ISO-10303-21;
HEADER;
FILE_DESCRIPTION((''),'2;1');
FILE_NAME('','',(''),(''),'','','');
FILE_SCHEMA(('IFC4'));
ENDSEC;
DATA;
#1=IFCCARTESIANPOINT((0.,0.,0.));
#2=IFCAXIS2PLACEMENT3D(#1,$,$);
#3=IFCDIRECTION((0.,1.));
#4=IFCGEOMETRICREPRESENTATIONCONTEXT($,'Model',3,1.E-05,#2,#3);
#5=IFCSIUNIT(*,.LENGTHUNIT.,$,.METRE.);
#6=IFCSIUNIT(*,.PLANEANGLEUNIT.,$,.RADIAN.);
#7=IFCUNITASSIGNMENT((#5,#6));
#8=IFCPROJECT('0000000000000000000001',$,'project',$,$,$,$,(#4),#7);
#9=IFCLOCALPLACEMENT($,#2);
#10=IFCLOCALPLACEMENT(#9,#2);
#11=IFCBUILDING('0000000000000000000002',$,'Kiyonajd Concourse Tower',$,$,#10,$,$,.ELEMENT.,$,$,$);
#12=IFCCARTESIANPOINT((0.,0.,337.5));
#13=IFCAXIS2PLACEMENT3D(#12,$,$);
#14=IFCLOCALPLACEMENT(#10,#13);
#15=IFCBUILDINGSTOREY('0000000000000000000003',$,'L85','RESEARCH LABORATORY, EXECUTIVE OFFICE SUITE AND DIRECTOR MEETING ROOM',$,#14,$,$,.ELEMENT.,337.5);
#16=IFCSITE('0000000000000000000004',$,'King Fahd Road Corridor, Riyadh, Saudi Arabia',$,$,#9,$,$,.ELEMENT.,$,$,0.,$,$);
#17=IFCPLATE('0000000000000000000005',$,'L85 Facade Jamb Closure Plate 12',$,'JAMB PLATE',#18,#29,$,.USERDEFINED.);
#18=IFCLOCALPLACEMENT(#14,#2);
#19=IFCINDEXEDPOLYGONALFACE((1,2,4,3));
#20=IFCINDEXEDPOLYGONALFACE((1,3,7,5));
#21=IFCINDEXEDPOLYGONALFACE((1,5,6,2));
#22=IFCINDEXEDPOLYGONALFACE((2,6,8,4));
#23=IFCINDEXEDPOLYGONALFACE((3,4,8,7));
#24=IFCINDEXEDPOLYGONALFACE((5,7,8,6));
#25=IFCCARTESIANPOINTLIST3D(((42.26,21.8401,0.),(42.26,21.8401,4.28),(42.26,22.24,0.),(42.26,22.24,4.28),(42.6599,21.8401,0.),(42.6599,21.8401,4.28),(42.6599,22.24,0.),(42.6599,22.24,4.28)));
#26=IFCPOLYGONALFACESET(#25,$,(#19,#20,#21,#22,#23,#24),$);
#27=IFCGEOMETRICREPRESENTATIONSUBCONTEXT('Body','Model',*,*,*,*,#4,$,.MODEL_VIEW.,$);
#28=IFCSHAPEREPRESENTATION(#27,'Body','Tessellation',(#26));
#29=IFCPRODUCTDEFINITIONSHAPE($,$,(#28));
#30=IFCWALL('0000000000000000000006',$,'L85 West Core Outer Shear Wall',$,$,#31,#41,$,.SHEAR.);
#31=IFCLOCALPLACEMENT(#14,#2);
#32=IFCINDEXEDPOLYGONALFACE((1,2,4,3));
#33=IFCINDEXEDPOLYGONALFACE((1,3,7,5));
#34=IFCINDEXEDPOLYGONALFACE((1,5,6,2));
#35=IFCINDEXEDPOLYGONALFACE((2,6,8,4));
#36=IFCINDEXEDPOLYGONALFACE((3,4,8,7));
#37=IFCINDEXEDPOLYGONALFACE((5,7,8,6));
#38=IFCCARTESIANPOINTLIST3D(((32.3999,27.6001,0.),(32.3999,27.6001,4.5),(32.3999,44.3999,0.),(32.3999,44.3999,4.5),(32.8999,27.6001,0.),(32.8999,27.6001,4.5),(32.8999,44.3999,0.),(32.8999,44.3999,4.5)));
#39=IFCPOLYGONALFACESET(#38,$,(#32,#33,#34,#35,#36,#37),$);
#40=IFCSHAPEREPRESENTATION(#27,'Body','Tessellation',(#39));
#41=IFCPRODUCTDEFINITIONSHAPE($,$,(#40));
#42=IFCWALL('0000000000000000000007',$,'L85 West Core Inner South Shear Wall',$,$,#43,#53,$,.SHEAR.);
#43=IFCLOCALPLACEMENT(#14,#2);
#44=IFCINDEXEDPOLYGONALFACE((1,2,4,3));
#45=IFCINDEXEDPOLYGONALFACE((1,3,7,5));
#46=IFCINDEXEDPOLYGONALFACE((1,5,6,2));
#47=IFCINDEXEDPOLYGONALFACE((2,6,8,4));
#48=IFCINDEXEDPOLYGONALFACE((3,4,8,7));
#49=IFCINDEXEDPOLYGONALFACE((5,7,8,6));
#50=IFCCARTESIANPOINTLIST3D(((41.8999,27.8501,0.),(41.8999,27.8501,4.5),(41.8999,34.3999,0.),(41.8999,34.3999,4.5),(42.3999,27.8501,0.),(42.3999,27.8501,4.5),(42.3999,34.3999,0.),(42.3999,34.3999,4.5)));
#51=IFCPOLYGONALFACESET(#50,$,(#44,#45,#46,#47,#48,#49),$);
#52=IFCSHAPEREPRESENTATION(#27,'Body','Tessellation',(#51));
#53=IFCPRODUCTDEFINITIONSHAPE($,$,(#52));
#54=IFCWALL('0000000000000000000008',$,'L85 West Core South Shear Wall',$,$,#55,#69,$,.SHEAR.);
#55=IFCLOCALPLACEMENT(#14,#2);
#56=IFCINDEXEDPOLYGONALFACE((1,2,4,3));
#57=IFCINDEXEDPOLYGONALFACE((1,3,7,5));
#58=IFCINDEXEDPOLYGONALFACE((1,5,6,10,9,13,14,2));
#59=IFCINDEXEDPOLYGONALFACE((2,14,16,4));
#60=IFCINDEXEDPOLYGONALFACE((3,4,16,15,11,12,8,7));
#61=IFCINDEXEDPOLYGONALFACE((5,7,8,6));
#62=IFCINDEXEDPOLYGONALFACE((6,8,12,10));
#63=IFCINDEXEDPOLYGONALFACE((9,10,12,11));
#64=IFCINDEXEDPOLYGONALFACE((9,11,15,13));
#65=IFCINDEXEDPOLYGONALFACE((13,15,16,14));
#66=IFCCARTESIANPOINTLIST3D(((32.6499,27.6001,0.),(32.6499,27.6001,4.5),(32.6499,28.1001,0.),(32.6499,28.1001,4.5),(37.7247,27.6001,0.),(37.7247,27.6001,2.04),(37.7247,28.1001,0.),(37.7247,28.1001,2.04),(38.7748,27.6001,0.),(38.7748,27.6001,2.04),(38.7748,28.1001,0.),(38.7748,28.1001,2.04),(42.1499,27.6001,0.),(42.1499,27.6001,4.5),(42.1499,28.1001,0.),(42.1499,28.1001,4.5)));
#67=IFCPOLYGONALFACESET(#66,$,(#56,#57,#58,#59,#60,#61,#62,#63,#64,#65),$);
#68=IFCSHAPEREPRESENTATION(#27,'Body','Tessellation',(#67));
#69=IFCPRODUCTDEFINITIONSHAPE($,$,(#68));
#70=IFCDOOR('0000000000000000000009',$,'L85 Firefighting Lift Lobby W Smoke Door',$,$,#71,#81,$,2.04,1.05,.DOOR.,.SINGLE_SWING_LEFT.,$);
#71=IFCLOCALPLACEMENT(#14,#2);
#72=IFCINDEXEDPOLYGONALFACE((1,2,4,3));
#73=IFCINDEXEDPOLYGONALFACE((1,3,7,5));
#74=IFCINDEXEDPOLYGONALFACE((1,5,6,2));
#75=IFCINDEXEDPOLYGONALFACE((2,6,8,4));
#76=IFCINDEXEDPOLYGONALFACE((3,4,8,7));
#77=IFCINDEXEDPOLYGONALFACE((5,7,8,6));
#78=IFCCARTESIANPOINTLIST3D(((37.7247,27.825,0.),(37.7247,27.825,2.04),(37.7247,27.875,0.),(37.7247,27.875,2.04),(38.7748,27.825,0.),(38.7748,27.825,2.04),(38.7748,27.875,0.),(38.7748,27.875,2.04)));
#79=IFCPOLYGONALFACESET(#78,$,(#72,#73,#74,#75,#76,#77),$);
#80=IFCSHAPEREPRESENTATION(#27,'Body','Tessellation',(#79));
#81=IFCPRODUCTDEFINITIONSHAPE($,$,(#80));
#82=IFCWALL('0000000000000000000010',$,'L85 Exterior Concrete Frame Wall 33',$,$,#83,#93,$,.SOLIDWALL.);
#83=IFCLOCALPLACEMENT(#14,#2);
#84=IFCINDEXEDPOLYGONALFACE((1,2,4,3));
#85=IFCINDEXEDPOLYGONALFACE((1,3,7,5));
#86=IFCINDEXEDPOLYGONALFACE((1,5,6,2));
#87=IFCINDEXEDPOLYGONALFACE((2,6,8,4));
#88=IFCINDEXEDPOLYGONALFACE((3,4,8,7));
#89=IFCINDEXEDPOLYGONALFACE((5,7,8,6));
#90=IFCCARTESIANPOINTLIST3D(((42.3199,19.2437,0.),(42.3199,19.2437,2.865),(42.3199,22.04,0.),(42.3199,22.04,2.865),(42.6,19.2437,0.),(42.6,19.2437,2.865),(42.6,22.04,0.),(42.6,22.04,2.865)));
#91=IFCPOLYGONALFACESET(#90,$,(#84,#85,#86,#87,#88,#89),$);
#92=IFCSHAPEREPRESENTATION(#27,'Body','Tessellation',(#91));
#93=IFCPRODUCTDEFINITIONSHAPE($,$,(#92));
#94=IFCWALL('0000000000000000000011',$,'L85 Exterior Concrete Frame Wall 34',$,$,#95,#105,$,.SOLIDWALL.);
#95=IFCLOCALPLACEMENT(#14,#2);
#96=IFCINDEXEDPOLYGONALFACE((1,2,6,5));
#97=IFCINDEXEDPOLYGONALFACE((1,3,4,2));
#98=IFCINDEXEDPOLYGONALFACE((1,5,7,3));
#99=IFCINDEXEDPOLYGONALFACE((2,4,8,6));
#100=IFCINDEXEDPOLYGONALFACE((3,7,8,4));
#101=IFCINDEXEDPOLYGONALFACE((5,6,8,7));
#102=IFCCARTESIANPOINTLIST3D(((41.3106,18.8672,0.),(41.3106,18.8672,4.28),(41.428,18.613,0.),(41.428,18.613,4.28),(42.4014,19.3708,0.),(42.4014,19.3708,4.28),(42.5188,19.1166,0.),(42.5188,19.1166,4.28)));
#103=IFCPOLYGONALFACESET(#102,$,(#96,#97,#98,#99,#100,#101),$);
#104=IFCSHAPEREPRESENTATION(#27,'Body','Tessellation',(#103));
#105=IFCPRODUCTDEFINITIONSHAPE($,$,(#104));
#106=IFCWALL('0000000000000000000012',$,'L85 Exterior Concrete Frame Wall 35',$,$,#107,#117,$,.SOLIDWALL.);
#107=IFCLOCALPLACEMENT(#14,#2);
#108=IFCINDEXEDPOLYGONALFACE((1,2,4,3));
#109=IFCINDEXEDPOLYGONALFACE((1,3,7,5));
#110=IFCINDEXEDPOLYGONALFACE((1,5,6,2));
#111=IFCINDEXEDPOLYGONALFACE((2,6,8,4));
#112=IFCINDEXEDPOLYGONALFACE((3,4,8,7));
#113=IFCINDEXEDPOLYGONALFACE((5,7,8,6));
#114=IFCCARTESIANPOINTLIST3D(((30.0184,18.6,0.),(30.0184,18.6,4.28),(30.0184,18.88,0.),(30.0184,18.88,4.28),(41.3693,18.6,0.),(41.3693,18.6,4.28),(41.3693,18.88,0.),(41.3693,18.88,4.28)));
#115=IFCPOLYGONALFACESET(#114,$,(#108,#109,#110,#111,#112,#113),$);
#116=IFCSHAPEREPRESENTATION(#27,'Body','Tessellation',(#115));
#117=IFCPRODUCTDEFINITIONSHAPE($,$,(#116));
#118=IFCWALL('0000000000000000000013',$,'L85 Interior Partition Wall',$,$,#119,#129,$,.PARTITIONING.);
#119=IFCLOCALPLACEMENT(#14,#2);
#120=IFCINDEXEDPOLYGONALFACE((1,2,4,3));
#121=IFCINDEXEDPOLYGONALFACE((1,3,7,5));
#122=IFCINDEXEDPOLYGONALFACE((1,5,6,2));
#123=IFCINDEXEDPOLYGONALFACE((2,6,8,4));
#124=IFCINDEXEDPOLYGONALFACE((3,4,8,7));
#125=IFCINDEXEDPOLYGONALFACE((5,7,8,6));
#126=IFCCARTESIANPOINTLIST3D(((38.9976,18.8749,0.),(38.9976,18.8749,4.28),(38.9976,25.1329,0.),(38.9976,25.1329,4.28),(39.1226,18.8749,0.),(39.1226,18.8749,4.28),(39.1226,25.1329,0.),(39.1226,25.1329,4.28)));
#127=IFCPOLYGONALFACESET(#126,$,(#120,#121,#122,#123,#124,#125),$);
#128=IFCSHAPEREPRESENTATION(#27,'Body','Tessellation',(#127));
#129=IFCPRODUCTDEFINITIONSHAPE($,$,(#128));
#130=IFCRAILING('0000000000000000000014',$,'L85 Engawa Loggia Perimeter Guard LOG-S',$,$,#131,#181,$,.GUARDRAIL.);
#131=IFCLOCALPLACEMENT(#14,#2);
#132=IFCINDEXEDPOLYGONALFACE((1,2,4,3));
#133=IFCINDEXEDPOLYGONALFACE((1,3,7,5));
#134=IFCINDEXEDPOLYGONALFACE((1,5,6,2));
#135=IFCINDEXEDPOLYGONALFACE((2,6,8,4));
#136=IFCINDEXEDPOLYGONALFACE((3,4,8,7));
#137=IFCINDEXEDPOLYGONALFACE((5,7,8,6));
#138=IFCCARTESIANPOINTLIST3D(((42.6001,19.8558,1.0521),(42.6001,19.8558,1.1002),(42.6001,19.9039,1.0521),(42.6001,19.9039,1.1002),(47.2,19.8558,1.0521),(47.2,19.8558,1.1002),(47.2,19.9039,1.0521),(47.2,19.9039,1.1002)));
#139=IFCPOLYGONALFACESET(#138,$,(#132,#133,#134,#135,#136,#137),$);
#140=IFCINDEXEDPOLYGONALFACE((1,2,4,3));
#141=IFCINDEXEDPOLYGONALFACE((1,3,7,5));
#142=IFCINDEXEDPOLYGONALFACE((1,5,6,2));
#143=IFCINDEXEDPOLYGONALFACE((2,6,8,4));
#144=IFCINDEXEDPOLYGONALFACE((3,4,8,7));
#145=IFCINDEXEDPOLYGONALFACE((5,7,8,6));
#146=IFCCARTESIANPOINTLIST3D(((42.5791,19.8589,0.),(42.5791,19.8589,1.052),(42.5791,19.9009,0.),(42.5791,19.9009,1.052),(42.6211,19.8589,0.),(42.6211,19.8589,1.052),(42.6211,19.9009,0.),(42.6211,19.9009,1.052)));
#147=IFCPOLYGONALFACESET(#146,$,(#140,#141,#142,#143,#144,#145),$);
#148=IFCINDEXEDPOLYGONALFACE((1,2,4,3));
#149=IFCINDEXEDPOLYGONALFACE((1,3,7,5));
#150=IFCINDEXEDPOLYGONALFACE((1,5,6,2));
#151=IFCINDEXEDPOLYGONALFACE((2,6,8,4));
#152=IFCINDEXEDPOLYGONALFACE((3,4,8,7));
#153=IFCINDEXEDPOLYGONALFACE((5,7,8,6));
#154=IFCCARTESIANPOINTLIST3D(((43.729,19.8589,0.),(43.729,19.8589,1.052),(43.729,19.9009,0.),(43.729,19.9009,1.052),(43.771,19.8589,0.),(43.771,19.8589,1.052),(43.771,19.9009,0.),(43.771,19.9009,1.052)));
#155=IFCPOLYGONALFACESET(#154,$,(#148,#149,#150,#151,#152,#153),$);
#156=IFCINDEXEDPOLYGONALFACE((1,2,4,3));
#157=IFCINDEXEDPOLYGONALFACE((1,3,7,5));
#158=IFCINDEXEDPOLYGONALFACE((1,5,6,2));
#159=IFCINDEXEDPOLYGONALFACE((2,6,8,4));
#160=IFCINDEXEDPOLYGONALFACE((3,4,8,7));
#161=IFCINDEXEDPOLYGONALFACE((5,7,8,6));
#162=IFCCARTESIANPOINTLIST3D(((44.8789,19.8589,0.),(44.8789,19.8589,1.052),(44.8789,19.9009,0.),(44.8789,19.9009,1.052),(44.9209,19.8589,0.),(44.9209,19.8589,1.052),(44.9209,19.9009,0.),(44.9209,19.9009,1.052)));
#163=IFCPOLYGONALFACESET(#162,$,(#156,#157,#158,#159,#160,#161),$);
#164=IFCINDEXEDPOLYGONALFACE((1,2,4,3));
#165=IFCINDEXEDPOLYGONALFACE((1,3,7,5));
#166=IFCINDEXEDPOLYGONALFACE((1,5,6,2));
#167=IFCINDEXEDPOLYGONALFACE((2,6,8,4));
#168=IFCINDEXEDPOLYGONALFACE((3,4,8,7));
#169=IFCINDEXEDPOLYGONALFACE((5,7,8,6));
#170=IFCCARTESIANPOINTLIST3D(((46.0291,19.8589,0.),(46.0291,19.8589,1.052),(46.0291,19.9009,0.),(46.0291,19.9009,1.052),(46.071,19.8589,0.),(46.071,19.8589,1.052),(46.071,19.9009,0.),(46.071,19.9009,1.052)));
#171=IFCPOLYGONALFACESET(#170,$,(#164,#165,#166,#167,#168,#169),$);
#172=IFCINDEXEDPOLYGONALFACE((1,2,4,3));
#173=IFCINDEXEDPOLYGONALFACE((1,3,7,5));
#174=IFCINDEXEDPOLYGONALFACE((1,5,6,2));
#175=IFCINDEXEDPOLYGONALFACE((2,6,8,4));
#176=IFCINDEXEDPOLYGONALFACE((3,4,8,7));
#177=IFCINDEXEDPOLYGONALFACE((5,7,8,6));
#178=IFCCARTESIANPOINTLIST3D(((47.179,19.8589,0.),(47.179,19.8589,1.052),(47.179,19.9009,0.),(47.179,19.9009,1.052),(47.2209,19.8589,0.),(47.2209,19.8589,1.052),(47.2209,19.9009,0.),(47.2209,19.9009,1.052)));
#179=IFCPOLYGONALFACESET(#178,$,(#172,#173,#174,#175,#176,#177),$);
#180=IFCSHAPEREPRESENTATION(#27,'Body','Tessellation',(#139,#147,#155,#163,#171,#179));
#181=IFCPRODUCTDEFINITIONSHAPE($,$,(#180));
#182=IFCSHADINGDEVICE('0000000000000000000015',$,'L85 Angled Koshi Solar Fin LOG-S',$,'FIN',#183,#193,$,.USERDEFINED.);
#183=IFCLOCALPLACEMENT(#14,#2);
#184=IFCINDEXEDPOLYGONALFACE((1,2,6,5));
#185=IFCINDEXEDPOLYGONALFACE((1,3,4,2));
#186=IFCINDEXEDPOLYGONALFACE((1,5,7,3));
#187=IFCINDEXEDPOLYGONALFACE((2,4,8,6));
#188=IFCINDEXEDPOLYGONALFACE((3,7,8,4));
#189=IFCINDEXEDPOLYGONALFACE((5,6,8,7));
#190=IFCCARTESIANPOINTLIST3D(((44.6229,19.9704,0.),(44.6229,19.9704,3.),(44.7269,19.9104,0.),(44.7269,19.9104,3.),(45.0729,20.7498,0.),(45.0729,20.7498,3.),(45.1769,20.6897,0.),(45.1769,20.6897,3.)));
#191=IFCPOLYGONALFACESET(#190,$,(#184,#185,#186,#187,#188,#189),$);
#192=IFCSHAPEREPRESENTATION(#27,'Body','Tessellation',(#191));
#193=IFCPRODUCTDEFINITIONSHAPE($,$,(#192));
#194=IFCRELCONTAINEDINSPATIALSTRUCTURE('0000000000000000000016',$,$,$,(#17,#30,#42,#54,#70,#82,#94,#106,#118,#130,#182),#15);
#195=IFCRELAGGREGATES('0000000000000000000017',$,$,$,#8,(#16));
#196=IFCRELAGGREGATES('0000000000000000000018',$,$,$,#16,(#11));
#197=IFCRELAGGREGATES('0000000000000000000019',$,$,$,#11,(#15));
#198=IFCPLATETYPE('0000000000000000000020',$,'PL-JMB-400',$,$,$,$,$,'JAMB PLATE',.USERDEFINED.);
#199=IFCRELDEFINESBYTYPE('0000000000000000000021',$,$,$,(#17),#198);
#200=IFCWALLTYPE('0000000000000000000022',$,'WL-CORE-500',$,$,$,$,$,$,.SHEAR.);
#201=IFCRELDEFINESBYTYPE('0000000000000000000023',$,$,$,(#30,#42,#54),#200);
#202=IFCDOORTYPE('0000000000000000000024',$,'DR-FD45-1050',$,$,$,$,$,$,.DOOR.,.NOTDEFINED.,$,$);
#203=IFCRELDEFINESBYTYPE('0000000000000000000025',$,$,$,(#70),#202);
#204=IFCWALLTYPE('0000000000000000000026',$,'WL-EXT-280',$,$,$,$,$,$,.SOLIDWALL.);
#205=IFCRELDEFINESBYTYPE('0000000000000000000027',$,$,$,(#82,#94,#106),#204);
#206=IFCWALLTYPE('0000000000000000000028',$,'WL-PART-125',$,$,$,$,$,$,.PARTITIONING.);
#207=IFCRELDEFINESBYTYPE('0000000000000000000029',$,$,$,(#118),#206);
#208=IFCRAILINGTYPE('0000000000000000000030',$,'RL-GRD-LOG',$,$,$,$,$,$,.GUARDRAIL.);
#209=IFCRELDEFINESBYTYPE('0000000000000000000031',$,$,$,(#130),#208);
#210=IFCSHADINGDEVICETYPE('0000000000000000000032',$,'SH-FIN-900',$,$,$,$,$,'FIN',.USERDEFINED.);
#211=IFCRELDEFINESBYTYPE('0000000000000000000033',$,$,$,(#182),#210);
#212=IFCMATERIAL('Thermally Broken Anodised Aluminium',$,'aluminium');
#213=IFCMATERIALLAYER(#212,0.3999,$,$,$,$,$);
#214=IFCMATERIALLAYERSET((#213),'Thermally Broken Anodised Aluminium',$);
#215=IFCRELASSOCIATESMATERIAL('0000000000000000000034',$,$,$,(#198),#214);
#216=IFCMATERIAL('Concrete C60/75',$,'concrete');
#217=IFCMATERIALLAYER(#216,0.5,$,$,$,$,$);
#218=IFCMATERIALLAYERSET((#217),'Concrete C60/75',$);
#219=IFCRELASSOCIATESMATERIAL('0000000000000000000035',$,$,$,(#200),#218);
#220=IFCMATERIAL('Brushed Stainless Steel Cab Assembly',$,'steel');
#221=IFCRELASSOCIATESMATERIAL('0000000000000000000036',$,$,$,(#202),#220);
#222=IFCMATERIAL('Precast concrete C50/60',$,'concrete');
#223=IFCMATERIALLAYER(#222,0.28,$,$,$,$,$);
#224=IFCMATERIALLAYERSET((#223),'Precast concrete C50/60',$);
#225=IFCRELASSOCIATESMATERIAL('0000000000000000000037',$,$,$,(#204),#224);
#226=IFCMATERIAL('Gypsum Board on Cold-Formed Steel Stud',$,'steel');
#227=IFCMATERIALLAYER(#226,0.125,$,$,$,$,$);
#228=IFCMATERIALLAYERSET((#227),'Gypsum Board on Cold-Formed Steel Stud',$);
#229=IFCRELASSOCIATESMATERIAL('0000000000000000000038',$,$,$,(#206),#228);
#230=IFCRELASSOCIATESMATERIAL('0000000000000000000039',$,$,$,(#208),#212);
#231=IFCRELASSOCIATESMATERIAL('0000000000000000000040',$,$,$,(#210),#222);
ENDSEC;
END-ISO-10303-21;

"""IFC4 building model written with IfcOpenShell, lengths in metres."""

from ifc_helpers import new_model, si_unit, direction, frame, frame_2d, origin, origin_2d, place, context, subcontext, project, spatial, rectangle, extrude, material, layer, layer_set, type_object, element, fill, save


model = new_model("IFC4")

# Units and contexts
model_context = context("Model", 3, precision=1e-05, world=origin(), true_north=direction((0.0, 1.0)))
body_context = subcontext(model_context, "Body", "Model", "MODEL_VIEW")
ifc_project = project(units=[si_unit("LENGTHUNIT", "METRE"), si_unit("PLANEANGLEUNIT", "RADIAN")], contexts=[model_context])

# Site, building, storey
site_placement = place(None, origin())
site = spatial("IfcSite", under=ifc_project, at=site_placement, Name="King Fahd Road Corridor, Riyadh, Saudi Arabia", CompositionType="ELEMENT", RefElevation=0.0)
building_placement = place(site_placement, origin())
building = spatial("IfcBuilding", under=site, at=building_placement, Name="Kiyonajd Concourse Tower", CompositionType="ELEMENT")
storey_placement = place(building_placement, frame((0.0, 0.0, 337.5)))
storey = spatial("IfcBuildingStorey", under=building, at=storey_placement, Name="L85", Description="RESEARCH LABORATORY, EXECUTIVE OFFICE SUITE AND DIRECTOR MEETING ROOM", CompositionType="ELEMENT", Elevation=337.5)

# Shared definitions
ifc_material_1 = material(Name="Concrete C60/75", Category="concrete")

# Plate
ifc_material_2 = material(Name="Thermally Broken Anodised Aluminium", Category="aluminium")
ifc_layer_1 = layer(ifc_material_2, 0.3999)
ifc_layer_set_1 = layer_set([ifc_layer_1], Name="Thermally Broken Anodised Aluminium")
plate_type_1 = type_object("IfcPlateType", Name="PL-JMB-400", ElementType="JAMB PLATE", PredefinedType="USERDEFINED", material=ifc_layer_set_1)
plate_1_placement = place(storey_placement, frame((42.46, 22.04, 0.0), z_axis=(0.0, 0.0, 1.0), x_axis=(1.0, 0.0, 0.0)))
element("IfcPlate", 1, at=plate_1_placement, inside=storey, type_object=plate_type_1, Name="L85 Facade Jamb Closure Plate 12", ObjectType="JAMB PLATE", PredefinedType="USERDEFINED", context=body_context, shape_type="SweptSolid", body=[
    extrude(rectangle(XDim=0.3999, YDim=0.3999, at=origin_2d()), origin(), (0.0, 0.0, 1.0), 4.28),
])

# Walls
ifc_layer_2 = layer(ifc_material_1, 0.5)
ifc_layer_set_2 = layer_set([ifc_layer_2], Name="Concrete C60/75")
wall_type_1 = type_object("IfcWallType", Name="WL-CORE-500", PredefinedType="SHEAR", material=ifc_layer_set_2)
wall_1_placement = place(storey_placement, frame((32.6499, 27.6001, 0.0), z_axis=(0.0, 0.0, 1.0), x_axis=(0.0, 1.0, 0.0)))
element("IfcWall", 2, at=wall_1_placement, inside=storey, type_object=wall_type_1, Name="L85 West Core Outer Shear Wall", PredefinedType="SHEAR", context=body_context, shape_type="SweptSolid", body=[
    extrude(rectangle(XDim=16.7998, YDim=0.5, at=frame_2d((8.3999, 0.0))), origin(), (0.0, 0.0, 1.0), 4.5),
])
wall_2_placement = place(storey_placement, frame((42.1499, 27.8501, 0.0), z_axis=(0.0, 0.0, 1.0), x_axis=(0.0, 1.0, 0.0)))
element("IfcWall", 3, at=wall_2_placement, inside=storey, type_object=wall_type_1, Name="L85 West Core Inner South Shear Wall", PredefinedType="SHEAR", context=body_context, shape_type="SweptSolid", body=[
    extrude(rectangle(XDim=6.5498, YDim=0.5, at=frame_2d((3.2749, 0.0))), origin(), (0.0, 0.0, 1.0), 4.5),
])

# Wall, opening, door
wall_3_placement = place(storey_placement, frame((32.6499, 27.8501, 0.0), z_axis=(0.0, 0.0, 1.0), x_axis=(1.0, 0.0, 0.0)))
wall_3 = element("IfcWall", 4, at=wall_3_placement, inside=storey, type_object=wall_type_1, Name="L85 West Core South Shear Wall", PredefinedType="SHEAR", context=body_context, shape_type="SweptSolid", body=[
    extrude(rectangle(XDim=9.5, YDim=0.5, at=frame_2d((4.75, 0.0))), origin(), (0.0, 0.0, 1.0), 4.5),
])
opening_placement = place(wall_3_placement, frame((5.075, 0.0, 0.0)))
opening = element("IfcOpeningElement", 5, at=opening_placement, cuts=wall_3, PredefinedType="OPENING", context=body_context, shape_type="SweptSolid", body=[
    extrude(rectangle(XDim=1.05, YDim=2.04, at=frame_2d((0.5249, 1.02))), frame((0.0, 0.26, 0.0), z_axis=(0.0, -1.0, 0.0), x_axis=(1.0, 0.0, 0.0)), (0.0, 0.0, 1.0), 0.52),
])
ifc_material_3 = material(Name="Brushed Stainless Steel Cab Assembly", Category="steel")
door_type = type_object("IfcDoorType", Name="DR-FD45-1050", OperationType="NOTDEFINED", PredefinedType="DOOR", material=ifc_material_3)
door_placement = place(opening_placement, origin())
door = element("IfcDoor", 6, at=door_placement, inside=storey, type_object=door_type, Name="L85 Firefighting Lift Lobby W Smoke Door", OperationType="SINGLE_SWING_LEFT", OverallHeight=2.04, OverallWidth=1.05, PredefinedType="DOOR", context=body_context, shape_type="SweptSolid", body=[
    extrude(rectangle(XDim=1.05, YDim=2.04, at=frame_2d((0.5249, 1.02))), frame((0.0, 0.0249, 0.0), z_axis=(0.0, -1.0, 0.0), x_axis=(1.0, 0.0, 0.0)), (0.0, 0.0, 1.0), 0.05),
])
fill(opening, door)

# Walls
ifc_material_4 = material(Name="Precast concrete C50/60", Category="concrete")
ifc_layer_3 = layer(ifc_material_4, 0.28)
ifc_layer_set_3 = layer_set([ifc_layer_3], Name="Precast concrete C50/60")
wall_type_2 = type_object("IfcWallType", Name="WL-EXT-280", PredefinedType="SOLIDWALL", material=ifc_layer_set_3)
wall_4_placement = place(storey_placement, frame((42.46, 22.04, 0.0), z_axis=(0.0, 0.0, 1.0), x_axis=(0.0, -1.0, 0.0)))
element("IfcWall", 7, at=wall_4_placement, inside=storey, type_object=wall_type_2, Name="L85 Exterior Concrete Frame Wall 33", PredefinedType="SOLIDWALL", context=body_context, shape_type="SweptSolid", body=[
    extrude(rectangle(XDim=2.7964, YDim=0.28, at=frame_2d((1.3982, 0.0))), origin(), (0.0, 0.0, 1.0), 2.865),
])
wall_5_placement = place(storey_placement, frame((42.46, 19.2437, 0.0), z_axis=(0.0, 0.0, 1.0), x_axis=(-0.907894, -0.4192, 0.0)))
element("IfcWall", 8, at=wall_5_placement, inside=storey, type_object=wall_type_2, Name="L85 Exterior Concrete Frame Wall 34", PredefinedType="SOLIDWALL", context=body_context, shape_type="SweptSolid", body=[
    extrude(rectangle(XDim=1.2014, YDim=0.28, at=frame_2d((0.6006, 0.0))), origin(), (0.0, 0.0, 1.0), 4.28),
])
wall_6_placement = place(storey_placement, frame((41.3691, 18.74, 0.0), z_axis=(0.0, 0.0, 1.0), x_axis=(-1.0, 0.0, 0.0)))
element("IfcWall", 9, at=wall_6_placement, inside=storey, type_object=wall_type_2, Name="L85 Exterior Concrete Frame Wall 35", PredefinedType="SOLIDWALL", context=body_context, shape_type="SweptSolid", body=[
    extrude(rectangle(XDim=11.3508, YDim=0.28, at=frame_2d((5.6753, 0.0))), origin(), (0.0, 0.0, 1.0), 4.28),
])
ifc_material_5 = material(Name="Gypsum Board on Cold-Formed Steel Stud", Category="steel")
ifc_layer_4 = layer(ifc_material_5, 0.125)
ifc_layer_set_4 = layer_set([ifc_layer_4], Name="Gypsum Board on Cold-Formed Steel Stud")
wall_type_3 = type_object("IfcWallType", Name="WL-PART-125", PredefinedType="PARTITIONING", material=ifc_layer_set_4)
wall_7_placement = place(storey_placement, frame((39.0601, 18.875, 0.0), z_axis=(0.0, 0.0, 1.0), x_axis=(0.0, 1.0, 0.0)))
element("IfcWall", 10, at=wall_7_placement, inside=storey, type_object=wall_type_3, Name="L85 Interior Partition Wall", PredefinedType="PARTITIONING", context=body_context, shape_type="SweptSolid", body=[
    extrude(rectangle(XDim=6.2581, YDim=0.125, at=frame_2d((3.1289, 0.0))), origin(), (0.0, 0.0, 1.0), 4.28),
])

# Railing
railing_type = type_object("IfcRailingType", Name="RL-GRD-LOG", PredefinedType="GUARDRAIL", material=ifc_material_2)
railing_placement = place(storey_placement, frame((42.6001, 19.8799, 0.0)))
element("IfcRailing", 11, at=railing_placement, inside=storey, type_object=railing_type, Name="L85 Engawa Loggia Perimeter Guard LOG-S", PredefinedType="GUARDRAIL", context=body_context, shape_type="SweptSolid", body=[
    extrude(rectangle(XDim=0.0481, YDim=0.0481, at=origin_2d()), frame((0.0, 0.0, 1.0762), z_axis=(1.0, 0.0, 0.0), x_axis=(0.0, 1.0, 0.0)), (0.0, 0.0, 1.0), 4.5999),
    extrude(rectangle(XDim=0.042, YDim=0.042, at=origin_2d()), origin(), (0.0, 0.0, 1.0), 1.052),
    extrude(rectangle(XDim=0.042, YDim=0.042, at=origin_2d()), frame((1.1499, 0.0, 0.0)), (0.0, 0.0, 1.0), 1.052),
    extrude(rectangle(XDim=0.042, YDim=0.042, at=origin_2d()), frame((2.2998, 0.0, 0.0)), (0.0, 0.0, 1.0), 1.052),
    extrude(rectangle(XDim=0.042, YDim=0.042, at=origin_2d()), frame((3.45, 0.0, 0.0)), (0.0, 0.0, 1.0), 1.052),
    extrude(rectangle(XDim=0.042, YDim=0.042, at=origin_2d()), frame((4.5999, 0.0, 0.0)), (0.0, 0.0, 1.0), 1.052),
])

# Shading device
shading_device_type_1 = type_object("IfcShadingDeviceType", Name="SH-FIN-900", ElementType="FIN", PredefinedType="USERDEFINED", material=ifc_material_4)
shading_device_1_placement = place(storey_placement, frame((44.8999, 20.3301, 0.0), z_axis=(0.0, 0.0, 1.0), x_axis=(0.5, 0.866025, 0.0)))
element("IfcShadingDevice", 12, at=shading_device_1_placement, inside=storey, type_object=shading_device_type_1, Name="L85 Angled Koshi Solar Fin LOG-S", ObjectType="FIN", PredefinedType="USERDEFINED", context=body_context, shape_type="SweptSolid", body=[
    extrude(rectangle(XDim=0.8999, YDim=0.1201, at=origin_2d()), origin(), (0.0, 0.0, 1.0), 3.0),
])

save(model, "model.ifc")
